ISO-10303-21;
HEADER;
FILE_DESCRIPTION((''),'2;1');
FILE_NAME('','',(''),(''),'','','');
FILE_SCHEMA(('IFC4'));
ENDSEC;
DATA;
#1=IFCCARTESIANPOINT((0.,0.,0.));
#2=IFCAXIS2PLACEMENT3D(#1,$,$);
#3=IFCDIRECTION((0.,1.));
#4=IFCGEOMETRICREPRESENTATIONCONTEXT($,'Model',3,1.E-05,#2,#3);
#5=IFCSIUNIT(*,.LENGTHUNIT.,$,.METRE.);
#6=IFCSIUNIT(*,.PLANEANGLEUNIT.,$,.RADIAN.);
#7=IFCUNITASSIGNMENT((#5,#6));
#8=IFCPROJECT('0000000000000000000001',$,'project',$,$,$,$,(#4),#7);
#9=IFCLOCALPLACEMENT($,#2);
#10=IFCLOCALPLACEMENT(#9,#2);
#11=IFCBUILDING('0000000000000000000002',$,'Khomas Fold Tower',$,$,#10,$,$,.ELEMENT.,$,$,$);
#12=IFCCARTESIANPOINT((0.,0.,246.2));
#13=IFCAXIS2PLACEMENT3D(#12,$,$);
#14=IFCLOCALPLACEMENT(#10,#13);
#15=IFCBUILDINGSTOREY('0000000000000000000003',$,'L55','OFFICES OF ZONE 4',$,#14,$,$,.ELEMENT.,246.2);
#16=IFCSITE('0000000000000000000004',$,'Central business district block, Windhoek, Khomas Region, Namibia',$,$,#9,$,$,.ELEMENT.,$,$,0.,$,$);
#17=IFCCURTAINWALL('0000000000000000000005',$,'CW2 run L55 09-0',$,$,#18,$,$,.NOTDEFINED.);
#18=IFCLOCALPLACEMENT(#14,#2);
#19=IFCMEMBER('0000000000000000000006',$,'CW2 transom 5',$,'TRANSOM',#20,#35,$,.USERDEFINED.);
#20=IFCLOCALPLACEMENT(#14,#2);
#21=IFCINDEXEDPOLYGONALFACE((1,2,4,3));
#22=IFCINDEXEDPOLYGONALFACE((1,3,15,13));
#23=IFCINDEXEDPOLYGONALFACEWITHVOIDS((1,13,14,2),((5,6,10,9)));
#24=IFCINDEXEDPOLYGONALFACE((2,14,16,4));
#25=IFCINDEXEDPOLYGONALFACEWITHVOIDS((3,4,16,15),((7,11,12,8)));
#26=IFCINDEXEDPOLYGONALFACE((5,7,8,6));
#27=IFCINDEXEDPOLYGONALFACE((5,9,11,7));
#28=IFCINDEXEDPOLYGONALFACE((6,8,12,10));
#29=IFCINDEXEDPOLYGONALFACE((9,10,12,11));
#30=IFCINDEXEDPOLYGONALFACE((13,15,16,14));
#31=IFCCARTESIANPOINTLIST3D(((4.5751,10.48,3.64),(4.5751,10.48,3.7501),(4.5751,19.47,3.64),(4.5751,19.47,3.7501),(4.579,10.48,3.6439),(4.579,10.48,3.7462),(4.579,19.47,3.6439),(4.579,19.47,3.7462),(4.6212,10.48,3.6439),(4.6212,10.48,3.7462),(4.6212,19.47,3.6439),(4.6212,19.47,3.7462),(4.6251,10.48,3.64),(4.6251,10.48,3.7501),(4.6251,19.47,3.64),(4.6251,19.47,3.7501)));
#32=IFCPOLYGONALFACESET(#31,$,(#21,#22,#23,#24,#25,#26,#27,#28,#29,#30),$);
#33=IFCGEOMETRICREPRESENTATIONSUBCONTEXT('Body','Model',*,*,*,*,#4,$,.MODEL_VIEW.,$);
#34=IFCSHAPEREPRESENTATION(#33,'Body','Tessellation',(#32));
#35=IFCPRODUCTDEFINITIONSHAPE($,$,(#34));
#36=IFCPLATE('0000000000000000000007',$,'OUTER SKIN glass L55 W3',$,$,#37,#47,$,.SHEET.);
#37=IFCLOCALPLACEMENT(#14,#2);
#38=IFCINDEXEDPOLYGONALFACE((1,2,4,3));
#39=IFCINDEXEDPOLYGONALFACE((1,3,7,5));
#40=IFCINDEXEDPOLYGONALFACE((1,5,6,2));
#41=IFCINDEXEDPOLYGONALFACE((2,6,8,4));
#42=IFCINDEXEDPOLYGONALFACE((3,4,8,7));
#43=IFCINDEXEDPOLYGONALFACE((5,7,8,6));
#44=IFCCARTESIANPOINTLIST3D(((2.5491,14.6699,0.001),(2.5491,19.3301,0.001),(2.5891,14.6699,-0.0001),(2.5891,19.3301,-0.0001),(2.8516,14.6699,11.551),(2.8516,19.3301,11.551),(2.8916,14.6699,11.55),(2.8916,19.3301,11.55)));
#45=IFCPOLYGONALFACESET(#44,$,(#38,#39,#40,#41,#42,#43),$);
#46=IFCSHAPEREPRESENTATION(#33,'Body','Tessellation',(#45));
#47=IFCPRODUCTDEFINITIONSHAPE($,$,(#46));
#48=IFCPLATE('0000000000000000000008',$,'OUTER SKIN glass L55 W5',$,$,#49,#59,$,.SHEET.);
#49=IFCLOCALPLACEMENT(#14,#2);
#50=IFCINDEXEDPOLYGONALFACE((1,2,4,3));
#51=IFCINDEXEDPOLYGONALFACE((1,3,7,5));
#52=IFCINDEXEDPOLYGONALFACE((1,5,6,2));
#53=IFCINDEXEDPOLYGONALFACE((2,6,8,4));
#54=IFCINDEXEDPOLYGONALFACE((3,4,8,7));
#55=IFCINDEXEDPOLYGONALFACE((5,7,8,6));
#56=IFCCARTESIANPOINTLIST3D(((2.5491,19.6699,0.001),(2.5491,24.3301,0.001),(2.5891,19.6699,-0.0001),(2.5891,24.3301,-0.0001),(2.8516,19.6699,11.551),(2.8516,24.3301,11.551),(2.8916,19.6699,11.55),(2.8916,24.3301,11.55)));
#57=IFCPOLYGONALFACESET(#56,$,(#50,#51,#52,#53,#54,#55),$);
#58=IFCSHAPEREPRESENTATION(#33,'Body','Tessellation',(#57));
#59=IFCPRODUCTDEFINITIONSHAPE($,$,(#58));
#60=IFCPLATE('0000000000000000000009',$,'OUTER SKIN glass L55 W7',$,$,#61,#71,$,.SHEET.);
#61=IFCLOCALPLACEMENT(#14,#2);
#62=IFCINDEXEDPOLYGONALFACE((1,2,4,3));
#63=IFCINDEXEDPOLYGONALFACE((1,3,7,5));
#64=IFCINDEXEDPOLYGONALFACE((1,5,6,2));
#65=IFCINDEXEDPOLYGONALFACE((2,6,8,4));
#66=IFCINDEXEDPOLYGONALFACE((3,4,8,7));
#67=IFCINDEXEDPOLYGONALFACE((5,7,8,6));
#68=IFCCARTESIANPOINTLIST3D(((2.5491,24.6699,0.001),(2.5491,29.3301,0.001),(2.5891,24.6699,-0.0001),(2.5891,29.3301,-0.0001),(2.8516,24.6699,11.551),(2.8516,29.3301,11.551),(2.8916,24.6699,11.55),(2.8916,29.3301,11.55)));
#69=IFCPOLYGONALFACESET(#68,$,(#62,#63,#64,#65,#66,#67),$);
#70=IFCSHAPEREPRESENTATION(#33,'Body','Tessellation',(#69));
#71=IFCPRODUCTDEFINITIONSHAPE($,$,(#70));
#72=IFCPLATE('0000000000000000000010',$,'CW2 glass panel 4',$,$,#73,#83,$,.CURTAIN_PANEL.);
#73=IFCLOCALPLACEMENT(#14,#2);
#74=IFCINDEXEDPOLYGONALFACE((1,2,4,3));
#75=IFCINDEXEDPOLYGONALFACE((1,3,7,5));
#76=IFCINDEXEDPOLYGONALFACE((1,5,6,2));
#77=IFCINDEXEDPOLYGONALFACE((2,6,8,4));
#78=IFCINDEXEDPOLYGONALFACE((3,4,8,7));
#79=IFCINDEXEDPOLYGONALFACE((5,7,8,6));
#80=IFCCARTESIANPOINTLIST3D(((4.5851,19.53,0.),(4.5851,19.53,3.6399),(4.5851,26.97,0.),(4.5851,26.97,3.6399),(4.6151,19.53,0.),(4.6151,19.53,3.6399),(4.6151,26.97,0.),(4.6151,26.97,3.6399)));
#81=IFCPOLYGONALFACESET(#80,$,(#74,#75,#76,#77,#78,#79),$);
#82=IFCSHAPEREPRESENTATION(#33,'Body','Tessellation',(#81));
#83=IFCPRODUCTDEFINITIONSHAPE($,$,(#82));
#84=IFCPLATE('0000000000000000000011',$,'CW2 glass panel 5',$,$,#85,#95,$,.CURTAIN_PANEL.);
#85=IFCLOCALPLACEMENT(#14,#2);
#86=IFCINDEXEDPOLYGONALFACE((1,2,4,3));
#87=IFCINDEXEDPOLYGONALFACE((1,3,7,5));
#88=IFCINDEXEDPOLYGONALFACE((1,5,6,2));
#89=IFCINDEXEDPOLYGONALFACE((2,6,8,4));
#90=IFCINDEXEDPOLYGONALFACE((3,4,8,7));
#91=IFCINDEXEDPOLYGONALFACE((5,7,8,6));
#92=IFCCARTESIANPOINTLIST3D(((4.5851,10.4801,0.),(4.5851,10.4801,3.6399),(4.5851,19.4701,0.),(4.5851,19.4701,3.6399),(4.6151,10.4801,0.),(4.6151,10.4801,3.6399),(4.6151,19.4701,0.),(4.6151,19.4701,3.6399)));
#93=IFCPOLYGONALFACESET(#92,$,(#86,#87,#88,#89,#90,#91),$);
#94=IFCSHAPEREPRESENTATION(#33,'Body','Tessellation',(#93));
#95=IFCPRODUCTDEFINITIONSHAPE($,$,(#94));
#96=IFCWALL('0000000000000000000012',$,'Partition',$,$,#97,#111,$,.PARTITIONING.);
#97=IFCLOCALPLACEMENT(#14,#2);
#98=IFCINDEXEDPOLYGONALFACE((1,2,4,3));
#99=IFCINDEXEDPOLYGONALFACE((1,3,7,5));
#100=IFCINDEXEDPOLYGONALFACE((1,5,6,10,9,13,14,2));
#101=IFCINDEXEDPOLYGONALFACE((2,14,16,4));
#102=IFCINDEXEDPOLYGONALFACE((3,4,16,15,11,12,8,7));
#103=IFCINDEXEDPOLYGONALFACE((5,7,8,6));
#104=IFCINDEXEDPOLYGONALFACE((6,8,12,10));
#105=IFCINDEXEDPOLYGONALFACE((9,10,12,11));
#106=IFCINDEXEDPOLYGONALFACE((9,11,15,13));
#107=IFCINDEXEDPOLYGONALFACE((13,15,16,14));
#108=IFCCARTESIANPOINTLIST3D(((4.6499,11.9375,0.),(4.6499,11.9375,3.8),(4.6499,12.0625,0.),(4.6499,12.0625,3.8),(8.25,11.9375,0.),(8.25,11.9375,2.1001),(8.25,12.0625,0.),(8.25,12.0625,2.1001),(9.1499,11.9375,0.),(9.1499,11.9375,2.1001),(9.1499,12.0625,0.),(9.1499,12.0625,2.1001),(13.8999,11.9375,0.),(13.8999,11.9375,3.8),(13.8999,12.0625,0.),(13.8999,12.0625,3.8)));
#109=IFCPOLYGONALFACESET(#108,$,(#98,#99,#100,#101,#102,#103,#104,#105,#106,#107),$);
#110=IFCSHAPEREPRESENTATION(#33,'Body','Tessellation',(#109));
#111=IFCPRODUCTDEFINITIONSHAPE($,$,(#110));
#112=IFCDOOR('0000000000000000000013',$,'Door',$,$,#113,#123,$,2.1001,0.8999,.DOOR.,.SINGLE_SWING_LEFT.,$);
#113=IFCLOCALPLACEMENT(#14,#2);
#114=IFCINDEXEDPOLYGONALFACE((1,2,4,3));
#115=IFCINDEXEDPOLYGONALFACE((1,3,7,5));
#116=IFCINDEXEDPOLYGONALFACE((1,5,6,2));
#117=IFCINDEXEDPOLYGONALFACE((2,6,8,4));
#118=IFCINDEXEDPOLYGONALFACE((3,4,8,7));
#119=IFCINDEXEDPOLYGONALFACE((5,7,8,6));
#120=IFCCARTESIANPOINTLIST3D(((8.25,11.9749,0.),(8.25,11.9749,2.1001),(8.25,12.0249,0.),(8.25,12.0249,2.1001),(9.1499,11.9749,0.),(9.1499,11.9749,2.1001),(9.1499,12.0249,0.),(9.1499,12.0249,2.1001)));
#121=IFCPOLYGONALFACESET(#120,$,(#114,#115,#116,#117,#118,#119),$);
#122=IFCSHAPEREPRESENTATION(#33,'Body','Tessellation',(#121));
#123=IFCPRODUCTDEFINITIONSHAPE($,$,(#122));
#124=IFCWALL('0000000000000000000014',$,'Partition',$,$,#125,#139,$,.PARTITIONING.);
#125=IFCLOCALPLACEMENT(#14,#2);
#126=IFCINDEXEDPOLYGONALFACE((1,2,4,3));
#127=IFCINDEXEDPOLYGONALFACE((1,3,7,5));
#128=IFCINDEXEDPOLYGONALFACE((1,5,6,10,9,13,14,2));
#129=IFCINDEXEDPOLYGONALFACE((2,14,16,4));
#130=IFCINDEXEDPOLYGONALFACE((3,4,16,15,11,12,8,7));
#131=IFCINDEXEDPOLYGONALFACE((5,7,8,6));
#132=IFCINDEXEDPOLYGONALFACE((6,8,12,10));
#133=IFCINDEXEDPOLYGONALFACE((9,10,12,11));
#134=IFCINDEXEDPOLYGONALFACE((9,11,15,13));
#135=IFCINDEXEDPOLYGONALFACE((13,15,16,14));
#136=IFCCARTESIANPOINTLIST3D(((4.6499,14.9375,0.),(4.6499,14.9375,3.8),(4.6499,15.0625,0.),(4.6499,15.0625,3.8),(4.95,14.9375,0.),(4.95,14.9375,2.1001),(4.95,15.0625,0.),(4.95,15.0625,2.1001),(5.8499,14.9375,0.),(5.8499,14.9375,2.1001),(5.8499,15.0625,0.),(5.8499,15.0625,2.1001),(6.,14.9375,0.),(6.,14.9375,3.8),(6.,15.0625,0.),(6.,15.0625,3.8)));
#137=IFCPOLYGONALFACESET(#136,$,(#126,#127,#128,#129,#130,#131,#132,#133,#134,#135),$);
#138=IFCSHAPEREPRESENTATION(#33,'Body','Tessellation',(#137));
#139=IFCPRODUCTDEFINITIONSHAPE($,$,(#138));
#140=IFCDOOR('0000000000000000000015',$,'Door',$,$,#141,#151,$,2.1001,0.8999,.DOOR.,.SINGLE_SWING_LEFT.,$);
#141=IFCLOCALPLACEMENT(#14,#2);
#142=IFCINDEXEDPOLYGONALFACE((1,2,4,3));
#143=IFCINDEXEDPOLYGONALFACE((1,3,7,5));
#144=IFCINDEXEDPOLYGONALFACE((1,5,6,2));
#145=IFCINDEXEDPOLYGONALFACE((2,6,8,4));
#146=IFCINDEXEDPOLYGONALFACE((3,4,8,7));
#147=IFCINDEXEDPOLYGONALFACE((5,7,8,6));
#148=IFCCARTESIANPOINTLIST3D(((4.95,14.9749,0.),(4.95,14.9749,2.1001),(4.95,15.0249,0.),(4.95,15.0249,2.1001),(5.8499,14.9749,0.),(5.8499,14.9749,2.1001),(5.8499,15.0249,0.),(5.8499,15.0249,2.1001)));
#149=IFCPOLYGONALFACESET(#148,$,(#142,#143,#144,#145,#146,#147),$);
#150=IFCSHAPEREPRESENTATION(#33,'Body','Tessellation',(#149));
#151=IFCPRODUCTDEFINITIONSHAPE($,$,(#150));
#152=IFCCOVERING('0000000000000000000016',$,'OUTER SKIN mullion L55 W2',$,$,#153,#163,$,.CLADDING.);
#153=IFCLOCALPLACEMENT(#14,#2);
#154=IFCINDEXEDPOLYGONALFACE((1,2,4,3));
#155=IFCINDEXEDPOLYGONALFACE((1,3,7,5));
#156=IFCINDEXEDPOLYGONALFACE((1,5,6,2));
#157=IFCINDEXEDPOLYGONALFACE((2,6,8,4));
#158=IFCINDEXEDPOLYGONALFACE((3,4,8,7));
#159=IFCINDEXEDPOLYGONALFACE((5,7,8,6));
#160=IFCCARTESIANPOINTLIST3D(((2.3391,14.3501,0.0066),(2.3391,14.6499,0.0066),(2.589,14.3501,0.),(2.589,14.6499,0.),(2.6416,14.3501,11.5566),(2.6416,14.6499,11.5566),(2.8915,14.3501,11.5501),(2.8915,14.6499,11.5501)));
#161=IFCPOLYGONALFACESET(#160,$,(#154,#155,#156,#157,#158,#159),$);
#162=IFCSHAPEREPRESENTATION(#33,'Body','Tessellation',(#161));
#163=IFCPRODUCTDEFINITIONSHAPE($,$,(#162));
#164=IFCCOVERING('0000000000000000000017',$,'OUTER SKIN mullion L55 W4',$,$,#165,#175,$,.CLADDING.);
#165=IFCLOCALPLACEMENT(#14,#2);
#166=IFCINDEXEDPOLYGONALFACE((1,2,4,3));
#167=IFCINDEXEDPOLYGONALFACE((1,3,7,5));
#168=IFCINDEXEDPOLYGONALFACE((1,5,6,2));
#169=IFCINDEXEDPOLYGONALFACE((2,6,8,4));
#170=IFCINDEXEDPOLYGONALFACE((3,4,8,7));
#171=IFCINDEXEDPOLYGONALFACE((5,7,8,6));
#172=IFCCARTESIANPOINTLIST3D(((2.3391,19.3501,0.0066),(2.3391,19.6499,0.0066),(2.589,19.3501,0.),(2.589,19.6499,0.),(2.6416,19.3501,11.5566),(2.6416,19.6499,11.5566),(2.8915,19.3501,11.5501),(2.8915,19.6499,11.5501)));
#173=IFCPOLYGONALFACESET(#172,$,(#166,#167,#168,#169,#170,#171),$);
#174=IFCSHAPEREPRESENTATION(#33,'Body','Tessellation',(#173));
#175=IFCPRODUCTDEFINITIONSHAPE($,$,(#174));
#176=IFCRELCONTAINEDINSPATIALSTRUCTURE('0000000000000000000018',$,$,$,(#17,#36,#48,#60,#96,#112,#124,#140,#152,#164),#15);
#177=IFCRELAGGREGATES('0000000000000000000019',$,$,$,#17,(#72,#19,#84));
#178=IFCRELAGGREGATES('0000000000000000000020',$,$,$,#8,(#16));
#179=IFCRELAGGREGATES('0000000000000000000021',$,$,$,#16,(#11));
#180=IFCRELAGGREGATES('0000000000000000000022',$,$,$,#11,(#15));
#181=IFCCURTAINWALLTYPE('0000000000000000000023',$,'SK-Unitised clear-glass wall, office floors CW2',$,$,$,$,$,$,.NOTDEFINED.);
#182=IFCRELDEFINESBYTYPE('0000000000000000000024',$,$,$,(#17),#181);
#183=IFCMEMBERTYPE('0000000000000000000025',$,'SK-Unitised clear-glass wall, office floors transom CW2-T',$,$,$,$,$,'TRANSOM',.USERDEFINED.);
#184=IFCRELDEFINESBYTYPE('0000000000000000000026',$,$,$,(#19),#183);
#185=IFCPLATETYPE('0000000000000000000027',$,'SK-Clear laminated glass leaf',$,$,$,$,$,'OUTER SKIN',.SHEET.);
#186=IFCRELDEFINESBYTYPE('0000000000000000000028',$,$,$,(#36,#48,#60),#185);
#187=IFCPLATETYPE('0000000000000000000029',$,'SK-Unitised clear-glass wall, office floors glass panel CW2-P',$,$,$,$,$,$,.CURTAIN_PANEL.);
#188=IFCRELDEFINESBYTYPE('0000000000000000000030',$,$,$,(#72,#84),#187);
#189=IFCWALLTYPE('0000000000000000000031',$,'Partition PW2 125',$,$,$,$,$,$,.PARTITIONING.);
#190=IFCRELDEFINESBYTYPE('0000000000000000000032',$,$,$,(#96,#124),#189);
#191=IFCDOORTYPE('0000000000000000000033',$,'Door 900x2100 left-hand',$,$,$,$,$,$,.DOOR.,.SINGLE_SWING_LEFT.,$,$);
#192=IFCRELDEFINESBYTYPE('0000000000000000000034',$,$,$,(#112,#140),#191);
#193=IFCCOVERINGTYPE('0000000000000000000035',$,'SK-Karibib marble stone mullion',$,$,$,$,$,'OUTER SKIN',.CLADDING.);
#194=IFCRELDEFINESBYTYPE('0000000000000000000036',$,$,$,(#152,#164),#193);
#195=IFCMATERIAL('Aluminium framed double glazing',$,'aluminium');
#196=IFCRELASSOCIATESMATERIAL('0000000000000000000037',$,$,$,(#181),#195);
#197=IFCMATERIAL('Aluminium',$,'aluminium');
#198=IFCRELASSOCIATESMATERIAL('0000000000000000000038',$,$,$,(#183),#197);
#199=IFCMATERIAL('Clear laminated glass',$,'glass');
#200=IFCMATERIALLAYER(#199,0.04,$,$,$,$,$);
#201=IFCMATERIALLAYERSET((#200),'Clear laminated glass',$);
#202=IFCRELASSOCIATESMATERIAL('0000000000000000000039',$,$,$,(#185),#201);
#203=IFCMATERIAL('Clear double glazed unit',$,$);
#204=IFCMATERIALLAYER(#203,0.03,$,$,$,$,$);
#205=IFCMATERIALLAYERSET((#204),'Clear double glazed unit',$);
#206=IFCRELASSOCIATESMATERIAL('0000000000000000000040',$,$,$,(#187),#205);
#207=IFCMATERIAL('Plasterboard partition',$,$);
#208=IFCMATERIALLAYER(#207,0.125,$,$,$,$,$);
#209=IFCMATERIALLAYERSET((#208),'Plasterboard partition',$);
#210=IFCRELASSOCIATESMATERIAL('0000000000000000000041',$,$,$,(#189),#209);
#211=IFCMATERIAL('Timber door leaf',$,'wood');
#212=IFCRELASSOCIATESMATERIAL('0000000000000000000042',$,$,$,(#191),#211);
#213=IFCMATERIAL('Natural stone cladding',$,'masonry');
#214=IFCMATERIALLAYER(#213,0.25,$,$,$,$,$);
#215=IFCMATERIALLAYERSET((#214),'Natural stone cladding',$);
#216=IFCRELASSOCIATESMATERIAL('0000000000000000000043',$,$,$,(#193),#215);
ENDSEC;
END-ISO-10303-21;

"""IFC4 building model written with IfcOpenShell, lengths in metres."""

from ifc_helpers import new_model, si_unit, direction, frame, frame_2d, origin, origin_2d, place, context, subcontext, project, spatial, polyline, rectangle, hollow_rectangle, outline, extrude, source, transform, mapped, material, layer, layer_set, material_profile, profile_set, type_object, element, fill, aggregate, save


model = new_model("IFC4")

# Units and contexts
model_context = context("Model", 3, precision=1e-05, world=origin(), true_north=direction((0.0, 1.0)))
body_context = subcontext(model_context, "Body", "Model", "MODEL_VIEW")
ifc_project = project(units=[si_unit("LENGTHUNIT", "METRE"), si_unit("PLANEANGLEUNIT", "RADIAN")], contexts=[model_context])

# Site, building, storey
site_placement = place(None, origin())
site = spatial("IfcSite", under=ifc_project, at=site_placement, Name="Central business district block, Windhoek, Khomas Region, Namibia", CompositionType="ELEMENT", RefElevation=0.0)
building_placement = place(site_placement, origin())
building = spatial("IfcBuilding", under=site, at=building_placement, Name="Khomas Fold Tower", CompositionType="ELEMENT")
storey_placement = place(building_placement, frame((0.0, 0.0, 246.2)))
storey = spatial("IfcBuildingStorey", under=building, at=storey_placement, Name="L55", Description="OFFICES OF ZONE 4", CompositionType="ELEMENT", Elevation=246.2)

# Curtain wall, member
ifc_material_1 = material(Name="Aluminium framed double glazing", Category="aluminium")
curtain_wall_type = type_object("IfcCurtainWallType", Name="SK-Unitised clear-glass wall, office floors CW2", PredefinedType="NOTDEFINED", material=ifc_material_1)
curtain_wall_placement = place(storey_placement, origin())
curtain_wall = element("IfcCurtainWall", 1, at=curtain_wall_placement, inside=storey, type_object=curtain_wall_type, Name="CW2 run L55 09-0", PredefinedType="NOTDEFINED")
ifc_material_2 = material(Name="Aluminium", Category="aluminium")
ifc_material_profile_1 = material_profile(ifc_material_2, hollow_rectangle(XDim=0.05, YDim=0.1101, WallThickness=0.0039, at=origin_2d()), Name="SK-Unitised clear-glass wall, office floors transom CW2-T")
ifc_profile_set_1 = profile_set([ifc_material_profile_1], Name="Aluminium")
member_type_1 = type_object("IfcMemberType", Name="SK-Unitised clear-glass wall, office floors transom CW2-T", ElementType="TRANSOM", PredefinedType="USERDEFINED", material=ifc_profile_set_1)
shared_shape_1 = source(origin(), body_context, "Body", "SweptSolid", [
    extrude(hollow_rectangle(XDim=0.05, YDim=0.1101, WallThickness=0.0039, at=origin_2d()), origin(), (0.0, 0.0, 1.0), 8.99),
])
member_1_placement = place(storey_placement, frame((4.6001, 19.47, 3.6951), z_axis=(0.0, -1.0, 0.0), x_axis=(1.0, 0.0, 0.0)))
member_1 = element("IfcMember", 2, at=member_1_placement, type_object=member_type_1, Name="CW2 transom 5", ObjectType="TRANSOM", PredefinedType="USERDEFINED", context=body_context, shape_type="MappedRepresentation", body=[
    mapped(shared_shape_1, transform((0.0, 0.0, 0.0))),
])

# Plates
ifc_material_3 = material(Name="Clear laminated glass", Category="glass")
ifc_layer_1 = layer(ifc_material_3, 0.04)
ifc_layer_set_1 = layer_set([ifc_layer_1], Name="Clear laminated glass")
plate_type_1 = type_object("IfcPlateType", Name="SK-Clear laminated glass leaf", ElementType="OUTER SKIN", PredefinedType="SHEET", material=ifc_layer_set_1)
for number, where, z_axis, x_axis, name in (
    (3, (2.5491, 14.6699, 0.001), (-0.999657, 0.0, 0.026181), (0.0, 1.0, 0.0), "OUTER SKIN glass L55 W3"),
    (4, (2.5491, 19.6699, 0.001), (-0.999657, 0.0, 0.026181), (0.0, 1.0, 0.0), "OUTER SKIN glass L55 W5"),
    (5, (2.5491, 24.6699, 0.001), (-0.999657, 0.0, 0.026181), (0.0, 1.0, 0.0), "OUTER SKIN glass L55 W7"),
):
    element("IfcPlate", number, at=place(storey_placement, frame(where, z_axis=z_axis, x_axis=x_axis)), inside=storey, type_object=plate_type_1, Name=name, PredefinedType="SHEET", context=body_context, shape_type="SweptSolid", body=[
        extrude(outline(polyline([(0.0, 0.0), (4.6602, 0.0), (4.6602, -11.554), (0.0, -11.554), (0.0, 0.0)])), origin(), (0.0, 0.0, -1.0), 0.04),
    ])

# Plates
ifc_material_4 = material(Name="Clear double glazed unit")
ifc_layer_2 = layer(ifc_material_4, 0.03)
ifc_layer_set_2 = layer_set([ifc_layer_2], Name="Clear double glazed unit")
plate_type_2 = type_object("IfcPlateType", Name="SK-Unitised clear-glass wall, office floors glass panel CW2-P", PredefinedType="CURTAIN_PANEL", material=ifc_layer_set_2)
shared_shape_2 = source(origin(), body_context, "Body", "SweptSolid", [
    extrude(rectangle(XDim=7.4399, YDim=0.03, at=origin_2d()), origin(), (0.0, 0.0, 1.0), 3.6399),
])
plate_1_placement = place(storey_placement, frame((4.6001, 23.25, 0.0), z_axis=(0.0, 0.0, 1.0), x_axis=(0.0, -1.0, 0.0)))
plate_1 = element("IfcPlate", 6, at=plate_1_placement, type_object=plate_type_2, Name="CW2 glass panel 4", PredefinedType="CURTAIN_PANEL", context=body_context, shape_type="MappedRepresentation", body=[
    mapped(shared_shape_2, transform((0.0, 0.0, 0.0))),
])
shared_shape_3 = source(origin(), body_context, "Body", "SweptSolid", [
    extrude(rectangle(XDim=8.99, YDim=0.03, at=origin_2d()), origin(), (0.0, 0.0, 1.0), 3.6399),
])
plate_2_placement = place(storey_placement, frame((4.6001, 14.9751, 0.0), z_axis=(0.0, 0.0, 1.0), x_axis=(0.0, -1.0, 0.0)))
plate_2 = element("IfcPlate", 7, at=plate_2_placement, type_object=plate_type_2, Name="CW2 glass panel 5", PredefinedType="CURTAIN_PANEL", context=body_context, shape_type="MappedRepresentation", body=[
    mapped(shared_shape_3, transform((0.0, 0.0, 0.0))),
])
aggregate(curtain_wall, [plate_1, member_1, plate_2])

# Walls, openings, doors
ifc_material_5 = material(Name="Plasterboard partition")
ifc_layer_3 = layer(ifc_material_5, 0.125)
ifc_layer_set_3 = layer_set([ifc_layer_3], Name="Plasterboard partition")
wall_type = type_object("IfcWallType", Name="Partition PW2 125", PredefinedType="PARTITIONING", material=ifc_layer_set_3)
shared_shape_4 = source(origin(), body_context, "Body", "SweptSolid", [
    extrude(rectangle(XDim=9.25, YDim=0.125, at=frame_2d((4.625, 0.0))), origin(), (0.0, 0.0, 1.0), 3.8),
])
wall_1_placement = place(storey_placement, frame((4.6499, 12.0, 0.0), z_axis=(0.0, 0.0, 1.0), x_axis=(1.0, 0.0, 0.0)))
wall_1 = element("IfcWall", 8, at=wall_1_placement, inside=storey, type_object=wall_type, Name="Partition", PredefinedType="PARTITIONING", context=body_context, shape_type="MappedRepresentation", body=[
    mapped(shared_shape_4, transform((0.0, 0.0, 0.0))),
])
shared_shape_5 = source(origin(), body_context, "Body", "SweptSolid", [
    extrude(rectangle(XDim=0.8999, YDim=2.1001, at=frame_2d((0.45, 1.05))), frame((0.0, 0.0725, 0.0), z_axis=(0.0, -1.0, 0.0), x_axis=(1.0, 0.0, 0.0)), (0.0, 0.0, 1.0), 0.145),
])
opening_1_placement = place(wall_1_placement, frame((3.6001, 0.0, 0.0)))
opening_1 = element("IfcOpeningElement", 9, at=opening_1_placement, cuts=wall_1, PredefinedType="OPENING", context=body_context, shape_type="MappedRepresentation", body=[
    mapped(shared_shape_5, transform((0.0, 0.0, 0.0))),
])
ifc_material_6 = material(Name="Timber door leaf", Category="wood")
door_type = type_object("IfcDoorType", Name="Door 900x2100 left-hand", OperationType="SINGLE_SWING_LEFT", PredefinedType="DOOR", material=ifc_material_6)
shared_shape_6 = source(origin(), body_context, "Body", "SweptSolid", [
    extrude(rectangle(XDim=0.8999, YDim=2.1001, at=frame_2d((0.45, 1.05))), frame((0.0, 0.0249, 0.0), z_axis=(0.0, -1.0, 0.0), x_axis=(1.0, 0.0, 0.0)), (0.0, 0.0, 1.0), 0.05),
])
door_1_placement = place(opening_1_placement, origin())
door_1 = element("IfcDoor", 10, at=door_1_placement, inside=storey, type_object=door_type, Name="Door", OperationType="SINGLE_SWING_LEFT", OverallHeight=2.1001, OverallWidth=0.8999, PredefinedType="DOOR", context=body_context, shape_type="MappedRepresentation", body=[
    mapped(shared_shape_6, transform((0.0, 0.0, 0.0))),
])
fill(opening_1, door_1)
shared_shape_7 = source(origin(), body_context, "Body", "SweptSolid", [
    extrude(rectangle(XDim=1.3501, YDim=0.125, at=frame_2d((0.675, 0.0))), origin(), (0.0, 0.0, 1.0), 3.8),
])
wall_2_placement = place(storey_placement, frame((4.6499, 15.0, 0.0), z_axis=(0.0, 0.0, 1.0), x_axis=(1.0, 0.0, 0.0)))
wall_2 = element("IfcWall", 11, at=wall_2_placement, inside=storey, type_object=wall_type, Name="Partition", PredefinedType="PARTITIONING", context=body_context, shape_type="MappedRepresentation", body=[
    mapped(shared_shape_7, transform((0.0, 0.0, 0.0))),
])
opening_2_placement = place(wall_2_placement, frame((0.3, 0.0, 0.0)))
opening_2 = element("IfcOpeningElement", 12, at=opening_2_placement, cuts=wall_2, PredefinedType="OPENING", context=body_context, shape_type="MappedRepresentation", body=[
    mapped(shared_shape_5, transform((0.0, 0.0, 0.0))),
])
door_2_placement = place(opening_2_placement, origin())
door_2 = element("IfcDoor", 13, at=door_2_placement, inside=storey, type_object=door_type, Name="Door", OperationType="SINGLE_SWING_LEFT", OverallHeight=2.1001, OverallWidth=0.8999, PredefinedType="DOOR", context=body_context, shape_type="MappedRepresentation", body=[
    mapped(shared_shape_6, transform((0.0, 0.0, 0.0))),
])
fill(opening_2, door_2)

# Coverings
ifc_material_7 = material(Name="Natural stone cladding", Category="masonry")
ifc_layer_4 = layer(ifc_material_7, 0.25)
ifc_layer_set_4 = layer_set([ifc_layer_4], Name="Natural stone cladding")
covering_type = type_object("IfcCoveringType", Name="SK-Karibib marble stone mullion", ElementType="OUTER SKIN", PredefinedType="CLADDING", material=ifc_layer_set_4)
for number, where, z_axis, x_axis, name in (
    (14, (2.3391, 14.3501, 0.0066), (-0.999657, 0.0, 0.026181), (0.0, 1.0, 0.0), "OUTER SKIN mullion L55 W2"),
    (15, (2.3391, 19.3501, 0.0066), (-0.999657, 0.0, 0.026181), (0.0, 1.0, 0.0), "OUTER SKIN mullion L55 W4"),
):
    element("IfcCovering", number, at=place(storey_placement, frame(where, z_axis=z_axis, x_axis=x_axis)), inside=storey, type_object=covering_type, Name=name, PredefinedType="CLADDING", context=body_context, shape_type="SweptSolid", body=[
        extrude(outline(polyline([(0.0, 0.0), (0.2998, 0.0), (0.2998, -11.554), (0.0, -11.554), (0.0, 0.0)])), origin(), (0.0, 0.0, -1.0), 0.25),
    ])

save(model, "model.ifc")
